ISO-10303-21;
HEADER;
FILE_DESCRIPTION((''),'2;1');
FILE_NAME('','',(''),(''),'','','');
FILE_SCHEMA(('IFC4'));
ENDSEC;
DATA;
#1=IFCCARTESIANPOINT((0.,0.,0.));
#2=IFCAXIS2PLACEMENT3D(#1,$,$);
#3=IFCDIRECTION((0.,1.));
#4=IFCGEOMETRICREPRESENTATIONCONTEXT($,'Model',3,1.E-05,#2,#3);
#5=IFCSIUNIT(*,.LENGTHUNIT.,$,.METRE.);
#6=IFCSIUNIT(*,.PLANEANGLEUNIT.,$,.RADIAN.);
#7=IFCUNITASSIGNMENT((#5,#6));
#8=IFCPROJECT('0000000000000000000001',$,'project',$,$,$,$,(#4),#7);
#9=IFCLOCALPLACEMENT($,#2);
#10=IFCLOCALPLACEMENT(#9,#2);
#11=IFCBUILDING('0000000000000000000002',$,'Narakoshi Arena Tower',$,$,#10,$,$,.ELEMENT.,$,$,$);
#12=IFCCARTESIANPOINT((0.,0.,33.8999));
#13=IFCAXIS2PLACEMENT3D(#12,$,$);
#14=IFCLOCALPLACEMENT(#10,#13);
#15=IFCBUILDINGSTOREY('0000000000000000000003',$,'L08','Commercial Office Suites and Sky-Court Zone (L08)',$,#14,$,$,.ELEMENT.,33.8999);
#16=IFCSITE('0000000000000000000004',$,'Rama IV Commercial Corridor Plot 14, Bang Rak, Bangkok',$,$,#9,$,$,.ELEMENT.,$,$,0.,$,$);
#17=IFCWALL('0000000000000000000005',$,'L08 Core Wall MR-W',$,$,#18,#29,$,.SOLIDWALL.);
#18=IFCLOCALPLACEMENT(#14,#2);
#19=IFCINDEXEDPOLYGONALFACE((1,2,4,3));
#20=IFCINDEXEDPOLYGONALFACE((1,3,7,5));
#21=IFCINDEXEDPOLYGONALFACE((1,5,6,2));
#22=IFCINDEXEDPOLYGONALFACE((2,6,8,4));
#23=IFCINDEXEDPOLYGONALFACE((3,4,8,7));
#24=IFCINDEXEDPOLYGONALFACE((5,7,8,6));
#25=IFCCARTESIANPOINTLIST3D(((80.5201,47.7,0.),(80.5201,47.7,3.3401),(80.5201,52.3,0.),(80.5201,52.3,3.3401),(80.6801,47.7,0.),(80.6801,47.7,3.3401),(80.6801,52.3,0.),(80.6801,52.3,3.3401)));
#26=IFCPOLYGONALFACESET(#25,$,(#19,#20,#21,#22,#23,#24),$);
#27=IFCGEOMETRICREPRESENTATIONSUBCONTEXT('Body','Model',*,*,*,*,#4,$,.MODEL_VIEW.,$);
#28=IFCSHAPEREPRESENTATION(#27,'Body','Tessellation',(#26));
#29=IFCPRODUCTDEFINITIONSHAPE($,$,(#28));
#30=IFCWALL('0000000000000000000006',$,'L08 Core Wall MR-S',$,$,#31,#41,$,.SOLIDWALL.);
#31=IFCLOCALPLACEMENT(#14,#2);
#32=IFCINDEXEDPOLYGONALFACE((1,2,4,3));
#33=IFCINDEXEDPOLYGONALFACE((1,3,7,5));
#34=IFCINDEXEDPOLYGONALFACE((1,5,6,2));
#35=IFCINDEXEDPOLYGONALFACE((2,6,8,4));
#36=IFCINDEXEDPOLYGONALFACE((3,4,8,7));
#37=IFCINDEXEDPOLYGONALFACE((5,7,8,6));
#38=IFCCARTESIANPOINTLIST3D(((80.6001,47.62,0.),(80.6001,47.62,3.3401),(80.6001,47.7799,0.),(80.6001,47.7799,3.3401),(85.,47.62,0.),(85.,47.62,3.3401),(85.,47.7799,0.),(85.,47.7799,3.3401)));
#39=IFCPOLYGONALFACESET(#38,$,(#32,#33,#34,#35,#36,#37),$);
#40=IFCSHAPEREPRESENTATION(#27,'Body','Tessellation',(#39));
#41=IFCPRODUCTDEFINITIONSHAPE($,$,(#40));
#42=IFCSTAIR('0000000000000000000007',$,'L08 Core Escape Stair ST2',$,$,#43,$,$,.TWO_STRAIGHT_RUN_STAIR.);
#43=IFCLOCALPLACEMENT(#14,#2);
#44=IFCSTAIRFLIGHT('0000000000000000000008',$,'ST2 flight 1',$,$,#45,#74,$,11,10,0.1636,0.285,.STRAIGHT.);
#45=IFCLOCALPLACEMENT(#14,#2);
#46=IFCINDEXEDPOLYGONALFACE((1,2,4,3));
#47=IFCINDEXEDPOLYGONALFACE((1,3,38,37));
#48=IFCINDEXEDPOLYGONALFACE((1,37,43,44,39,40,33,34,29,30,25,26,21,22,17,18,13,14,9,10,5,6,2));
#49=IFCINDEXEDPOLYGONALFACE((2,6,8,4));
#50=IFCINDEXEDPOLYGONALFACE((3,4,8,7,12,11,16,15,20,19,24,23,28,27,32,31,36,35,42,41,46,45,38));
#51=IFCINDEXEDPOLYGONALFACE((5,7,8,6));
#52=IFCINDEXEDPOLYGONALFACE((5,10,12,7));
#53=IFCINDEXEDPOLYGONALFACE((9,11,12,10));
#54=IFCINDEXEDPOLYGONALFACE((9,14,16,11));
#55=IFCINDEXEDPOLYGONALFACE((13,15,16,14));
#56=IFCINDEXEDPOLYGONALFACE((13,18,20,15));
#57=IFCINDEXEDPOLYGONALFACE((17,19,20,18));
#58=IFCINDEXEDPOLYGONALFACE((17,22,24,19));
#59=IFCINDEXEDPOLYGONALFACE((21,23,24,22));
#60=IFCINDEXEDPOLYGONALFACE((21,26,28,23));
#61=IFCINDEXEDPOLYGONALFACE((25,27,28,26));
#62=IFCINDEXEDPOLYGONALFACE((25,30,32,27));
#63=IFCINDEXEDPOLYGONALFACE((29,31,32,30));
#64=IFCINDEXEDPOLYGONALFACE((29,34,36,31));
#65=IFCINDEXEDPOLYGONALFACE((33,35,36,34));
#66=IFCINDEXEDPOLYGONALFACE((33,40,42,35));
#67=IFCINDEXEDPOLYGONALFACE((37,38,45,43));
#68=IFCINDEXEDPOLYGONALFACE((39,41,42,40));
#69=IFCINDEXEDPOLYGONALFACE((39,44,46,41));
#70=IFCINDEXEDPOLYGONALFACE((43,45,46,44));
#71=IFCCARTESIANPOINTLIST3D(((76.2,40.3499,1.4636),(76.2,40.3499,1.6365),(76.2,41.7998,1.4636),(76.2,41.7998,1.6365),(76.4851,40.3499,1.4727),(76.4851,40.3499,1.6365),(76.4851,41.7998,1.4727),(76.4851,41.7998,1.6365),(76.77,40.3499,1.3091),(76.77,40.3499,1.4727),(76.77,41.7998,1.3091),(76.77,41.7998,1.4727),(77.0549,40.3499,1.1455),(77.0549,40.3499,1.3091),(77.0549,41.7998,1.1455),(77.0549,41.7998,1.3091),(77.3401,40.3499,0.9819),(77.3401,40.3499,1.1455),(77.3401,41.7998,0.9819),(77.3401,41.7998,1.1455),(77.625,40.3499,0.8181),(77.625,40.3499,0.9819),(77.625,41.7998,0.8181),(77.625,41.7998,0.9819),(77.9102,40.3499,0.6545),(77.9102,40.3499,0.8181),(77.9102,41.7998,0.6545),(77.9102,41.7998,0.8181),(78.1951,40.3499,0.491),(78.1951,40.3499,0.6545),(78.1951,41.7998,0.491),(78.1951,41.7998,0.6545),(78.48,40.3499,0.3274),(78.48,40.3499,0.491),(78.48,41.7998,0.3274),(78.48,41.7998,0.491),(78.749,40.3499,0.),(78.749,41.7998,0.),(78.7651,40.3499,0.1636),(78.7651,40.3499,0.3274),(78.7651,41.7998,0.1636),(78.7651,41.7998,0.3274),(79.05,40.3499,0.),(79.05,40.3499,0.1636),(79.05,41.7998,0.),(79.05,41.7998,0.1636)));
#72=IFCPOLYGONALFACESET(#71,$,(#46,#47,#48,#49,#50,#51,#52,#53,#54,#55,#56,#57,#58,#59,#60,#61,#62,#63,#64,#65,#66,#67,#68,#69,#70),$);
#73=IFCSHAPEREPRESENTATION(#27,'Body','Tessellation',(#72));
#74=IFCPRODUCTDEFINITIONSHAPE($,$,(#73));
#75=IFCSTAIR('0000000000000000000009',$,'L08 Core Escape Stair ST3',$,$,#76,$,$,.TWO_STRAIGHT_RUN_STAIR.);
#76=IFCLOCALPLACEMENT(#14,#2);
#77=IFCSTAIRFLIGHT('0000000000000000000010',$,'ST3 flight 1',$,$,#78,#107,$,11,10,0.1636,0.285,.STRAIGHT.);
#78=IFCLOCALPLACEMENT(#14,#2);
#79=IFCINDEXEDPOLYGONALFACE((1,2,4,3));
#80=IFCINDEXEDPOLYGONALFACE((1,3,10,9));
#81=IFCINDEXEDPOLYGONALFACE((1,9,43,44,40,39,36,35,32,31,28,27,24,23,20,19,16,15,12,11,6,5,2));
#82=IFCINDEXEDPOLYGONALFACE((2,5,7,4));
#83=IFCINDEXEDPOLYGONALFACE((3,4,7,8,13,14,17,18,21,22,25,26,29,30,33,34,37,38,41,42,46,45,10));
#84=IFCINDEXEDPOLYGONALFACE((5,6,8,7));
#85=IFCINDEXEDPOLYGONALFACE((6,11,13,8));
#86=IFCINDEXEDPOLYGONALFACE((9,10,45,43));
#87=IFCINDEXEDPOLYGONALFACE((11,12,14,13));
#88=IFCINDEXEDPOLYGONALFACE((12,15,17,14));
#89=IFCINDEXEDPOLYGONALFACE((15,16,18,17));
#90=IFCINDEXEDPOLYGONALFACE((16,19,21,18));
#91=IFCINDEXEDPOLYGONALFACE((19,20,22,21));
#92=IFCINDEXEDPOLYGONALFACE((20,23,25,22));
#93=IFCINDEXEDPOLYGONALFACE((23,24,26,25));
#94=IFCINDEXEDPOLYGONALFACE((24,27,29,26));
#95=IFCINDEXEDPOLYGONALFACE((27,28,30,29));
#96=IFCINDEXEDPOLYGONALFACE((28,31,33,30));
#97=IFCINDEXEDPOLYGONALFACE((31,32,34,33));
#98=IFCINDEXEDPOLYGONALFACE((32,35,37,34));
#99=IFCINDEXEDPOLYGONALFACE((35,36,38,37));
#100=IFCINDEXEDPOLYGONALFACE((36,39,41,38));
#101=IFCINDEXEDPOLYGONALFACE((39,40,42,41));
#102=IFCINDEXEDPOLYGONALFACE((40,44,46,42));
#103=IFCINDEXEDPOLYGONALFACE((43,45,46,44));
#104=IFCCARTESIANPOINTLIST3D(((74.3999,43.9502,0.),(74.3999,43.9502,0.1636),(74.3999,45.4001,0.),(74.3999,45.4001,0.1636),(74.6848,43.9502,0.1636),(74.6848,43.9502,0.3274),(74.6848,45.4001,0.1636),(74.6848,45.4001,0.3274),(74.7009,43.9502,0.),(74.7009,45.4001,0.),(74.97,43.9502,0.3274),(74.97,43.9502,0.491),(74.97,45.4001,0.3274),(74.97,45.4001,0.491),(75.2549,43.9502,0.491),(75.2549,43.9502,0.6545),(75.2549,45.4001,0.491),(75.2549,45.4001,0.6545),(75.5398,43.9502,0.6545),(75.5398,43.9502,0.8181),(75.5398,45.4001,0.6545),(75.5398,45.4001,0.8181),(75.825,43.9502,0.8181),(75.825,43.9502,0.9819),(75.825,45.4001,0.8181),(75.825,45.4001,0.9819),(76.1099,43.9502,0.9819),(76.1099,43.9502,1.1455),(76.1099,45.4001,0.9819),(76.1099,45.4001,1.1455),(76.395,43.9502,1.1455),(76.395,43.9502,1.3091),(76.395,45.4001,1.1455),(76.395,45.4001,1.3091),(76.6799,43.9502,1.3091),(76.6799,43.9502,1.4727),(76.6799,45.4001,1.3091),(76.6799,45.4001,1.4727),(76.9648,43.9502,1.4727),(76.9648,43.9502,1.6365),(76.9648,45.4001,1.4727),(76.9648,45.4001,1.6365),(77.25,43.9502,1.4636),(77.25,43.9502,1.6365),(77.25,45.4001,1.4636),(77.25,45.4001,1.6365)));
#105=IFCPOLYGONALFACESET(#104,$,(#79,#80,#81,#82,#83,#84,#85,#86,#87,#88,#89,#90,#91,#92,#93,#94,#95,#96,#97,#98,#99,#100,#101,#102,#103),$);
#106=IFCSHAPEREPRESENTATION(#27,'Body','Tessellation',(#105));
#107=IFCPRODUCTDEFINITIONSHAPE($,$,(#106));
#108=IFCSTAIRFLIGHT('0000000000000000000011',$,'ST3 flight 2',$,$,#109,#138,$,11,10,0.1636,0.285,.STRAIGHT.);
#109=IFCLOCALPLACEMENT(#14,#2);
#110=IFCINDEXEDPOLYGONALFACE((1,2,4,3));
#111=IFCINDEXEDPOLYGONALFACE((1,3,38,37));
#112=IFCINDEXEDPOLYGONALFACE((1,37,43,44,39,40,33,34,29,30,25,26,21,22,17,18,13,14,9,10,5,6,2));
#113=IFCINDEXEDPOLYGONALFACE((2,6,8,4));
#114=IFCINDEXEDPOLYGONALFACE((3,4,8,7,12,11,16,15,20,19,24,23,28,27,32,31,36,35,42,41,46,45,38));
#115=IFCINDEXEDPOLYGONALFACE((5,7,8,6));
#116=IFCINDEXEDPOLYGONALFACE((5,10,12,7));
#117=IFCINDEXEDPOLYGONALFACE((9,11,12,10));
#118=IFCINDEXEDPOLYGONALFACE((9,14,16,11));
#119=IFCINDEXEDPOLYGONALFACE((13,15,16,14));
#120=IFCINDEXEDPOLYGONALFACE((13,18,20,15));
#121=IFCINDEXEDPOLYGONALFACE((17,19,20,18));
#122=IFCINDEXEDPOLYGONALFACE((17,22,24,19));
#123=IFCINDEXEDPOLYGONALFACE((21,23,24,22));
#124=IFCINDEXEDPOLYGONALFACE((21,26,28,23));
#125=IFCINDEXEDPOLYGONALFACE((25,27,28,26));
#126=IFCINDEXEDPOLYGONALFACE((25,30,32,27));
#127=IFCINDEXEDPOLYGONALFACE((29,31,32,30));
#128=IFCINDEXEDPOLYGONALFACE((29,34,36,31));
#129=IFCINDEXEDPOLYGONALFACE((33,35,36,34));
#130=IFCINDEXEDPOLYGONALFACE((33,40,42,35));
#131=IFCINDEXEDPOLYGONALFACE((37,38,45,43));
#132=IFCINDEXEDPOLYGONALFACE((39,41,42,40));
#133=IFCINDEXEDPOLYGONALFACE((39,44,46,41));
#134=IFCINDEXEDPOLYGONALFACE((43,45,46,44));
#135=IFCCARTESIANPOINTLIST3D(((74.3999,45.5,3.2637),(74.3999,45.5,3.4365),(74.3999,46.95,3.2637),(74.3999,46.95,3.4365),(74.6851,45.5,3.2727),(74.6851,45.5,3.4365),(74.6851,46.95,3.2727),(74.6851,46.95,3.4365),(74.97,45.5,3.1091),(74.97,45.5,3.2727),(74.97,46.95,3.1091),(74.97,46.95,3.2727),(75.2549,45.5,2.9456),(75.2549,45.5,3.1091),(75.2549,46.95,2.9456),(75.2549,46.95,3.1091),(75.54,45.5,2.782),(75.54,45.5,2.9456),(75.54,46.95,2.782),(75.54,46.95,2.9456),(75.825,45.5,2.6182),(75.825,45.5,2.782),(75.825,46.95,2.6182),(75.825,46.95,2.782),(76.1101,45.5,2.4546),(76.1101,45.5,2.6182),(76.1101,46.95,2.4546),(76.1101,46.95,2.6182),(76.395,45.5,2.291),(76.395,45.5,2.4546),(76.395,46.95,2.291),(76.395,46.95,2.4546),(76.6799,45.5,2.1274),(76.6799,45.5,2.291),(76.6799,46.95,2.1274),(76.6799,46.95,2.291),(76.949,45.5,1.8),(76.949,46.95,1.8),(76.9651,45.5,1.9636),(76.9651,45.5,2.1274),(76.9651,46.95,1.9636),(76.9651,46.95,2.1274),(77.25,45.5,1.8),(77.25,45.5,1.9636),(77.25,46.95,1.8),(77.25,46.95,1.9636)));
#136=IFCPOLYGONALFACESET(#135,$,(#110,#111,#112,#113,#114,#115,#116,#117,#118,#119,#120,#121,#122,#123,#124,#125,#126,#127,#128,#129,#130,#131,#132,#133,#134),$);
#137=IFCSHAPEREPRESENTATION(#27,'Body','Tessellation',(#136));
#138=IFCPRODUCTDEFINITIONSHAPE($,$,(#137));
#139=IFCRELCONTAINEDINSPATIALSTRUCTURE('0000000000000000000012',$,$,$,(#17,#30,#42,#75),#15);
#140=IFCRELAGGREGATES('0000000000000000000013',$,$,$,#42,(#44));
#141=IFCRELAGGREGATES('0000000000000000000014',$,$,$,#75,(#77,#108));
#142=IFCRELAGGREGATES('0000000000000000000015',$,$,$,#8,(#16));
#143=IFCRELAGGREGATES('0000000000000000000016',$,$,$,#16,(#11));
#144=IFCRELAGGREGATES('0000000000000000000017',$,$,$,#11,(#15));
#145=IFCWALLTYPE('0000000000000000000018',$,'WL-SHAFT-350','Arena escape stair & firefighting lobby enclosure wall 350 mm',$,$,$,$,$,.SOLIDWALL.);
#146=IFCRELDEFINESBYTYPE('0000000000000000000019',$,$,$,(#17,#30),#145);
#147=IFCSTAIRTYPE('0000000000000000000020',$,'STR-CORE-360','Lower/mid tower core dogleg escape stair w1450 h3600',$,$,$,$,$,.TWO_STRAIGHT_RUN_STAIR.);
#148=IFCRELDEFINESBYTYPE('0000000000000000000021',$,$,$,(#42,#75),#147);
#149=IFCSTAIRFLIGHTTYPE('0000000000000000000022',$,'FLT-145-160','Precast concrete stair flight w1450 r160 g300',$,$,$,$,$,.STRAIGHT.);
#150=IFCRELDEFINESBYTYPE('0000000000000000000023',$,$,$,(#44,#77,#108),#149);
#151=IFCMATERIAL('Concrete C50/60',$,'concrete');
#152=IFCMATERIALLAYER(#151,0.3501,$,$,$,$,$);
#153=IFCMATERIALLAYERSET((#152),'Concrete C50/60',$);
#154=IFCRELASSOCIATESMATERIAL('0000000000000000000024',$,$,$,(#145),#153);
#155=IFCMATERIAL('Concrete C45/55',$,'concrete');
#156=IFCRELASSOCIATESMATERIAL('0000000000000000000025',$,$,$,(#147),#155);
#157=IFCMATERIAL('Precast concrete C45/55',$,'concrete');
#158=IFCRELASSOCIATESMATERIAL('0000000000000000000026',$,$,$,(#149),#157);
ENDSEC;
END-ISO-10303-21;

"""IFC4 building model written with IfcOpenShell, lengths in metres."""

from ifc_helpers import new_model, si_unit, direction, frame, frame_2d, origin, place, context, subcontext, project, spatial, polyline, rectangle, outline, extrude, material, layer, layer_set, type_object, element, aggregate, save


model = new_model("IFC4")

# Units and contexts
model_context = context("Model", 3, precision=1e-05, world=origin(), true_north=direction((0.0, 1.0)))
body_context = subcontext(model_context, "Body", "Model", "MODEL_VIEW")
ifc_project = project(units=[si_unit("LENGTHUNIT", "METRE"), si_unit("PLANEANGLEUNIT", "RADIAN")], contexts=[model_context])

# Site, building, storey
site_placement = place(None, origin())
site = spatial("IfcSite", under=ifc_project, at=site_placement, Name="Rama IV Commercial Corridor Plot 14, Bang Rak, Bangkok", CompositionType="ELEMENT", RefElevation=0.0)
building_placement = place(site_placement, origin())
building = spatial("IfcBuilding", under=site, at=building_placement, Name="Narakoshi Arena Tower", CompositionType="ELEMENT")
storey_placement = place(building_placement, frame((0.0, 0.0, 33.8999)))
storey = spatial("IfcBuildingStorey", under=building, at=storey_placement, Name="L08", Description="Commercial Office Suites and Sky-Court Zone (L08)", CompositionType="ELEMENT", Elevation=33.8999)

# Shared definitions
ifc_material_1 = material(Name="Concrete C50/60", Category="concrete")
ifc_layer_1 = layer(ifc_material_1, 0.3501)
ifc_layer_set_1 = layer_set([ifc_layer_1], Name="Concrete C50/60")
wall_type_1 = type_object("IfcWallType", Name="WL-SHAFT-350", Description="Arena escape stair & firefighting lobby enclosure wall 350 mm", PredefinedType="SOLIDWALL", material=ifc_layer_set_1)

# Walls
wall_1_placement = place(storey_placement, frame((80.6001, 47.7, 0.0), z_axis=(0.0, 0.0, 1.0), x_axis=(0.0, 1.0, 0.0)))
element("IfcWall", 1, at=wall_1_placement, inside=storey, type_object=wall_type_1, Name="L08 Core Wall MR-W", PredefinedType="SOLIDWALL", context=body_context, shape_type="SweptSolid", body=[
    extrude(rectangle(XDim=4.6001, YDim=0.1599, at=frame_2d((2.3, 0.0))), origin(), (0.0, 0.0, 1.0), 3.3401),
])
wall_2_placement = place(storey_placement, frame((80.6001, 47.7, 0.0), z_axis=(0.0, 0.0, 1.0), x_axis=(1.0, 0.0, 0.0)))
element("IfcWall", 2, at=wall_2_placement, inside=storey, type_object=wall_type_1, Name="L08 Core Wall MR-S", PredefinedType="SOLIDWALL", context=body_context, shape_type="SweptSolid", body=[
    extrude(rectangle(XDim=4.3999, YDim=0.1599, at=frame_2d((2.2, 0.0))), origin(), (0.0, 0.0, 1.0), 3.3401),
])

# Stair, stair flight
ifc_material_2 = material(Name="Concrete C45/55", Category="concrete")
stair_type = type_object("IfcStairType", Name="STR-CORE-360", Description="Lower/mid tower core dogleg escape stair w1450 h3600", PredefinedType="TWO_STRAIGHT_RUN_STAIR", material=ifc_material_2)
stair_1_placement = place(storey_placement, origin())
stair_1 = element("IfcStair", 3, at=stair_1_placement, inside=storey, type_object=stair_type, Name="L08 Core Escape Stair ST2", PredefinedType="TWO_STRAIGHT_RUN_STAIR")
ifc_material_3 = material(Name="Precast concrete C45/55", Category="concrete")
stair_flight_type = type_object("IfcStairFlightType", Name="FLT-145-160", Description="Precast concrete stair flight w1450 r160 g300", PredefinedType="STRAIGHT", material=ifc_material_3)
stair_flight_1_placement = place(storey_placement, frame((79.05, 41.075, 0.0), z_axis=(0.0, 0.0, 1.0), x_axis=(-1.0, 0.0, 0.0)))
stair_flight_1 = element("IfcStairFlight", 4, at=stair_flight_1_placement, type_object=stair_flight_type, Name="ST2 flight 1", NumberOfRisers=11, NumberOfTreads=10, PredefinedType="STRAIGHT", RiserHeight=0.1636, TreadLength=0.285, context=body_context, shape_type="SweptSolid", body=[
    extrude(outline(polyline([(0.0, 0.0), (0.0, 0.1636), (0.2849, 0.1636), (0.2849, 0.3274), (0.5701, 0.3274), (0.5701, 0.491), (0.855, 0.491), (0.855, 0.6545), (1.1399, 0.6545), (1.1399, 0.8181), (1.425, 0.8181), (1.425, 0.9819), (1.71, 0.9819), (1.71, 1.1455), (1.9951, 1.1455), (1.9951, 1.3091), (2.28, 1.3091), (2.28, 1.4727), (2.5649, 1.4727), (2.5649, 1.6365), (2.8501, 1.6365), (2.8501, 1.8), (2.8501, 1.4636), (0.301, 0.0), (0.0, 0.0)])), frame((0.0, 0.7251, 0.0), z_axis=(0.0, -1.0, 0.0), x_axis=(1.0, 0.0, 0.0)), (0.0, 0.0, 1.0), 1.45),
])
aggregate(stair_1, [stair_flight_1])

# Stair, stair flights
stair_2_placement = place(storey_placement, origin())
stair_2 = element("IfcStair", 5, at=stair_2_placement, inside=storey, type_object=stair_type, Name="L08 Core Escape Stair ST3", PredefinedType="TWO_STRAIGHT_RUN_STAIR")
stair_flight_2_placement = place(storey_placement, frame((74.3999, 44.675, 0.0), z_axis=(0.0, 0.0, 1.0), x_axis=(1.0, 0.0, 0.0)))
stair_flight_2 = element("IfcStairFlight", 6, at=stair_flight_2_placement, type_object=stair_flight_type, Name="ST3 flight 1", NumberOfRisers=11, NumberOfTreads=10, PredefinedType="STRAIGHT", RiserHeight=0.1636, TreadLength=0.285, context=body_context, shape_type="SweptSolid", body=[
    extrude(outline(polyline([(0.0, 0.0), (0.0, 0.1636), (0.2849, 0.1636), (0.2849, 0.3274), (0.5701, 0.3274), (0.5701, 0.491), (0.855, 0.491), (0.855, 0.6545), (1.1399, 0.6545), (1.1399, 0.8181), (1.425, 0.8181), (1.425, 0.9819), (1.71, 0.9819), (1.71, 1.1455), (1.9951, 1.1455), (1.9951, 1.3091), (2.28, 1.3091), (2.28, 1.4727), (2.5649, 1.4727), (2.5649, 1.6365), (2.8501, 1.6365), (2.8501, 1.8), (2.8501, 1.4636), (0.301, 0.0), (0.0, 0.0)])), frame((0.0, 0.7251, 0.0), z_axis=(0.0, -1.0, 0.0), x_axis=(1.0, 0.0, 0.0)), (0.0, 0.0, 1.0), 1.45),
])
stair_flight_3_placement = place(storey_placement, frame((77.25, 46.2251, 1.8), z_axis=(0.0, 0.0, 1.0), x_axis=(-1.0, 0.0, 0.0)))
stair_flight_3 = element("IfcStairFlight", 7, at=stair_flight_3_placement, type_object=stair_flight_type, Name="ST3 flight 2", NumberOfRisers=11, NumberOfTreads=10, PredefinedType="STRAIGHT", RiserHeight=0.1636, TreadLength=0.285, context=body_context, shape_type="SweptSolid", body=[
    extrude(outline(polyline([(0.0, 0.0), (0.0, 0.1636), (0.2849, 0.1636), (0.2849, 0.3274), (0.5701, 0.3274), (0.5701, 0.491), (0.855, 0.491), (0.855, 0.6545), (1.1399, 0.6545), (1.1399, 0.8181), (1.425, 0.8181), (1.425, 0.9819), (1.71, 0.9819), (1.71, 1.1455), (1.9951, 1.1455), (1.9951, 1.3091), (2.28, 1.3091), (2.28, 1.4727), (2.5649, 1.4727), (2.5649, 1.6365), (2.8501, 1.6365), (2.8501, 1.8), (2.8501, 1.4636), (0.301, 0.0), (0.0, 0.0)])), frame((0.0, 0.7251, 0.0), z_axis=(0.0, -1.0, 0.0), x_axis=(1.0, 0.0, 0.0)), (0.0, 0.0, 1.0), 1.45),
])
aggregate(stair_2, [stair_flight_2, stair_flight_3])

save(model, "model.ifc")
